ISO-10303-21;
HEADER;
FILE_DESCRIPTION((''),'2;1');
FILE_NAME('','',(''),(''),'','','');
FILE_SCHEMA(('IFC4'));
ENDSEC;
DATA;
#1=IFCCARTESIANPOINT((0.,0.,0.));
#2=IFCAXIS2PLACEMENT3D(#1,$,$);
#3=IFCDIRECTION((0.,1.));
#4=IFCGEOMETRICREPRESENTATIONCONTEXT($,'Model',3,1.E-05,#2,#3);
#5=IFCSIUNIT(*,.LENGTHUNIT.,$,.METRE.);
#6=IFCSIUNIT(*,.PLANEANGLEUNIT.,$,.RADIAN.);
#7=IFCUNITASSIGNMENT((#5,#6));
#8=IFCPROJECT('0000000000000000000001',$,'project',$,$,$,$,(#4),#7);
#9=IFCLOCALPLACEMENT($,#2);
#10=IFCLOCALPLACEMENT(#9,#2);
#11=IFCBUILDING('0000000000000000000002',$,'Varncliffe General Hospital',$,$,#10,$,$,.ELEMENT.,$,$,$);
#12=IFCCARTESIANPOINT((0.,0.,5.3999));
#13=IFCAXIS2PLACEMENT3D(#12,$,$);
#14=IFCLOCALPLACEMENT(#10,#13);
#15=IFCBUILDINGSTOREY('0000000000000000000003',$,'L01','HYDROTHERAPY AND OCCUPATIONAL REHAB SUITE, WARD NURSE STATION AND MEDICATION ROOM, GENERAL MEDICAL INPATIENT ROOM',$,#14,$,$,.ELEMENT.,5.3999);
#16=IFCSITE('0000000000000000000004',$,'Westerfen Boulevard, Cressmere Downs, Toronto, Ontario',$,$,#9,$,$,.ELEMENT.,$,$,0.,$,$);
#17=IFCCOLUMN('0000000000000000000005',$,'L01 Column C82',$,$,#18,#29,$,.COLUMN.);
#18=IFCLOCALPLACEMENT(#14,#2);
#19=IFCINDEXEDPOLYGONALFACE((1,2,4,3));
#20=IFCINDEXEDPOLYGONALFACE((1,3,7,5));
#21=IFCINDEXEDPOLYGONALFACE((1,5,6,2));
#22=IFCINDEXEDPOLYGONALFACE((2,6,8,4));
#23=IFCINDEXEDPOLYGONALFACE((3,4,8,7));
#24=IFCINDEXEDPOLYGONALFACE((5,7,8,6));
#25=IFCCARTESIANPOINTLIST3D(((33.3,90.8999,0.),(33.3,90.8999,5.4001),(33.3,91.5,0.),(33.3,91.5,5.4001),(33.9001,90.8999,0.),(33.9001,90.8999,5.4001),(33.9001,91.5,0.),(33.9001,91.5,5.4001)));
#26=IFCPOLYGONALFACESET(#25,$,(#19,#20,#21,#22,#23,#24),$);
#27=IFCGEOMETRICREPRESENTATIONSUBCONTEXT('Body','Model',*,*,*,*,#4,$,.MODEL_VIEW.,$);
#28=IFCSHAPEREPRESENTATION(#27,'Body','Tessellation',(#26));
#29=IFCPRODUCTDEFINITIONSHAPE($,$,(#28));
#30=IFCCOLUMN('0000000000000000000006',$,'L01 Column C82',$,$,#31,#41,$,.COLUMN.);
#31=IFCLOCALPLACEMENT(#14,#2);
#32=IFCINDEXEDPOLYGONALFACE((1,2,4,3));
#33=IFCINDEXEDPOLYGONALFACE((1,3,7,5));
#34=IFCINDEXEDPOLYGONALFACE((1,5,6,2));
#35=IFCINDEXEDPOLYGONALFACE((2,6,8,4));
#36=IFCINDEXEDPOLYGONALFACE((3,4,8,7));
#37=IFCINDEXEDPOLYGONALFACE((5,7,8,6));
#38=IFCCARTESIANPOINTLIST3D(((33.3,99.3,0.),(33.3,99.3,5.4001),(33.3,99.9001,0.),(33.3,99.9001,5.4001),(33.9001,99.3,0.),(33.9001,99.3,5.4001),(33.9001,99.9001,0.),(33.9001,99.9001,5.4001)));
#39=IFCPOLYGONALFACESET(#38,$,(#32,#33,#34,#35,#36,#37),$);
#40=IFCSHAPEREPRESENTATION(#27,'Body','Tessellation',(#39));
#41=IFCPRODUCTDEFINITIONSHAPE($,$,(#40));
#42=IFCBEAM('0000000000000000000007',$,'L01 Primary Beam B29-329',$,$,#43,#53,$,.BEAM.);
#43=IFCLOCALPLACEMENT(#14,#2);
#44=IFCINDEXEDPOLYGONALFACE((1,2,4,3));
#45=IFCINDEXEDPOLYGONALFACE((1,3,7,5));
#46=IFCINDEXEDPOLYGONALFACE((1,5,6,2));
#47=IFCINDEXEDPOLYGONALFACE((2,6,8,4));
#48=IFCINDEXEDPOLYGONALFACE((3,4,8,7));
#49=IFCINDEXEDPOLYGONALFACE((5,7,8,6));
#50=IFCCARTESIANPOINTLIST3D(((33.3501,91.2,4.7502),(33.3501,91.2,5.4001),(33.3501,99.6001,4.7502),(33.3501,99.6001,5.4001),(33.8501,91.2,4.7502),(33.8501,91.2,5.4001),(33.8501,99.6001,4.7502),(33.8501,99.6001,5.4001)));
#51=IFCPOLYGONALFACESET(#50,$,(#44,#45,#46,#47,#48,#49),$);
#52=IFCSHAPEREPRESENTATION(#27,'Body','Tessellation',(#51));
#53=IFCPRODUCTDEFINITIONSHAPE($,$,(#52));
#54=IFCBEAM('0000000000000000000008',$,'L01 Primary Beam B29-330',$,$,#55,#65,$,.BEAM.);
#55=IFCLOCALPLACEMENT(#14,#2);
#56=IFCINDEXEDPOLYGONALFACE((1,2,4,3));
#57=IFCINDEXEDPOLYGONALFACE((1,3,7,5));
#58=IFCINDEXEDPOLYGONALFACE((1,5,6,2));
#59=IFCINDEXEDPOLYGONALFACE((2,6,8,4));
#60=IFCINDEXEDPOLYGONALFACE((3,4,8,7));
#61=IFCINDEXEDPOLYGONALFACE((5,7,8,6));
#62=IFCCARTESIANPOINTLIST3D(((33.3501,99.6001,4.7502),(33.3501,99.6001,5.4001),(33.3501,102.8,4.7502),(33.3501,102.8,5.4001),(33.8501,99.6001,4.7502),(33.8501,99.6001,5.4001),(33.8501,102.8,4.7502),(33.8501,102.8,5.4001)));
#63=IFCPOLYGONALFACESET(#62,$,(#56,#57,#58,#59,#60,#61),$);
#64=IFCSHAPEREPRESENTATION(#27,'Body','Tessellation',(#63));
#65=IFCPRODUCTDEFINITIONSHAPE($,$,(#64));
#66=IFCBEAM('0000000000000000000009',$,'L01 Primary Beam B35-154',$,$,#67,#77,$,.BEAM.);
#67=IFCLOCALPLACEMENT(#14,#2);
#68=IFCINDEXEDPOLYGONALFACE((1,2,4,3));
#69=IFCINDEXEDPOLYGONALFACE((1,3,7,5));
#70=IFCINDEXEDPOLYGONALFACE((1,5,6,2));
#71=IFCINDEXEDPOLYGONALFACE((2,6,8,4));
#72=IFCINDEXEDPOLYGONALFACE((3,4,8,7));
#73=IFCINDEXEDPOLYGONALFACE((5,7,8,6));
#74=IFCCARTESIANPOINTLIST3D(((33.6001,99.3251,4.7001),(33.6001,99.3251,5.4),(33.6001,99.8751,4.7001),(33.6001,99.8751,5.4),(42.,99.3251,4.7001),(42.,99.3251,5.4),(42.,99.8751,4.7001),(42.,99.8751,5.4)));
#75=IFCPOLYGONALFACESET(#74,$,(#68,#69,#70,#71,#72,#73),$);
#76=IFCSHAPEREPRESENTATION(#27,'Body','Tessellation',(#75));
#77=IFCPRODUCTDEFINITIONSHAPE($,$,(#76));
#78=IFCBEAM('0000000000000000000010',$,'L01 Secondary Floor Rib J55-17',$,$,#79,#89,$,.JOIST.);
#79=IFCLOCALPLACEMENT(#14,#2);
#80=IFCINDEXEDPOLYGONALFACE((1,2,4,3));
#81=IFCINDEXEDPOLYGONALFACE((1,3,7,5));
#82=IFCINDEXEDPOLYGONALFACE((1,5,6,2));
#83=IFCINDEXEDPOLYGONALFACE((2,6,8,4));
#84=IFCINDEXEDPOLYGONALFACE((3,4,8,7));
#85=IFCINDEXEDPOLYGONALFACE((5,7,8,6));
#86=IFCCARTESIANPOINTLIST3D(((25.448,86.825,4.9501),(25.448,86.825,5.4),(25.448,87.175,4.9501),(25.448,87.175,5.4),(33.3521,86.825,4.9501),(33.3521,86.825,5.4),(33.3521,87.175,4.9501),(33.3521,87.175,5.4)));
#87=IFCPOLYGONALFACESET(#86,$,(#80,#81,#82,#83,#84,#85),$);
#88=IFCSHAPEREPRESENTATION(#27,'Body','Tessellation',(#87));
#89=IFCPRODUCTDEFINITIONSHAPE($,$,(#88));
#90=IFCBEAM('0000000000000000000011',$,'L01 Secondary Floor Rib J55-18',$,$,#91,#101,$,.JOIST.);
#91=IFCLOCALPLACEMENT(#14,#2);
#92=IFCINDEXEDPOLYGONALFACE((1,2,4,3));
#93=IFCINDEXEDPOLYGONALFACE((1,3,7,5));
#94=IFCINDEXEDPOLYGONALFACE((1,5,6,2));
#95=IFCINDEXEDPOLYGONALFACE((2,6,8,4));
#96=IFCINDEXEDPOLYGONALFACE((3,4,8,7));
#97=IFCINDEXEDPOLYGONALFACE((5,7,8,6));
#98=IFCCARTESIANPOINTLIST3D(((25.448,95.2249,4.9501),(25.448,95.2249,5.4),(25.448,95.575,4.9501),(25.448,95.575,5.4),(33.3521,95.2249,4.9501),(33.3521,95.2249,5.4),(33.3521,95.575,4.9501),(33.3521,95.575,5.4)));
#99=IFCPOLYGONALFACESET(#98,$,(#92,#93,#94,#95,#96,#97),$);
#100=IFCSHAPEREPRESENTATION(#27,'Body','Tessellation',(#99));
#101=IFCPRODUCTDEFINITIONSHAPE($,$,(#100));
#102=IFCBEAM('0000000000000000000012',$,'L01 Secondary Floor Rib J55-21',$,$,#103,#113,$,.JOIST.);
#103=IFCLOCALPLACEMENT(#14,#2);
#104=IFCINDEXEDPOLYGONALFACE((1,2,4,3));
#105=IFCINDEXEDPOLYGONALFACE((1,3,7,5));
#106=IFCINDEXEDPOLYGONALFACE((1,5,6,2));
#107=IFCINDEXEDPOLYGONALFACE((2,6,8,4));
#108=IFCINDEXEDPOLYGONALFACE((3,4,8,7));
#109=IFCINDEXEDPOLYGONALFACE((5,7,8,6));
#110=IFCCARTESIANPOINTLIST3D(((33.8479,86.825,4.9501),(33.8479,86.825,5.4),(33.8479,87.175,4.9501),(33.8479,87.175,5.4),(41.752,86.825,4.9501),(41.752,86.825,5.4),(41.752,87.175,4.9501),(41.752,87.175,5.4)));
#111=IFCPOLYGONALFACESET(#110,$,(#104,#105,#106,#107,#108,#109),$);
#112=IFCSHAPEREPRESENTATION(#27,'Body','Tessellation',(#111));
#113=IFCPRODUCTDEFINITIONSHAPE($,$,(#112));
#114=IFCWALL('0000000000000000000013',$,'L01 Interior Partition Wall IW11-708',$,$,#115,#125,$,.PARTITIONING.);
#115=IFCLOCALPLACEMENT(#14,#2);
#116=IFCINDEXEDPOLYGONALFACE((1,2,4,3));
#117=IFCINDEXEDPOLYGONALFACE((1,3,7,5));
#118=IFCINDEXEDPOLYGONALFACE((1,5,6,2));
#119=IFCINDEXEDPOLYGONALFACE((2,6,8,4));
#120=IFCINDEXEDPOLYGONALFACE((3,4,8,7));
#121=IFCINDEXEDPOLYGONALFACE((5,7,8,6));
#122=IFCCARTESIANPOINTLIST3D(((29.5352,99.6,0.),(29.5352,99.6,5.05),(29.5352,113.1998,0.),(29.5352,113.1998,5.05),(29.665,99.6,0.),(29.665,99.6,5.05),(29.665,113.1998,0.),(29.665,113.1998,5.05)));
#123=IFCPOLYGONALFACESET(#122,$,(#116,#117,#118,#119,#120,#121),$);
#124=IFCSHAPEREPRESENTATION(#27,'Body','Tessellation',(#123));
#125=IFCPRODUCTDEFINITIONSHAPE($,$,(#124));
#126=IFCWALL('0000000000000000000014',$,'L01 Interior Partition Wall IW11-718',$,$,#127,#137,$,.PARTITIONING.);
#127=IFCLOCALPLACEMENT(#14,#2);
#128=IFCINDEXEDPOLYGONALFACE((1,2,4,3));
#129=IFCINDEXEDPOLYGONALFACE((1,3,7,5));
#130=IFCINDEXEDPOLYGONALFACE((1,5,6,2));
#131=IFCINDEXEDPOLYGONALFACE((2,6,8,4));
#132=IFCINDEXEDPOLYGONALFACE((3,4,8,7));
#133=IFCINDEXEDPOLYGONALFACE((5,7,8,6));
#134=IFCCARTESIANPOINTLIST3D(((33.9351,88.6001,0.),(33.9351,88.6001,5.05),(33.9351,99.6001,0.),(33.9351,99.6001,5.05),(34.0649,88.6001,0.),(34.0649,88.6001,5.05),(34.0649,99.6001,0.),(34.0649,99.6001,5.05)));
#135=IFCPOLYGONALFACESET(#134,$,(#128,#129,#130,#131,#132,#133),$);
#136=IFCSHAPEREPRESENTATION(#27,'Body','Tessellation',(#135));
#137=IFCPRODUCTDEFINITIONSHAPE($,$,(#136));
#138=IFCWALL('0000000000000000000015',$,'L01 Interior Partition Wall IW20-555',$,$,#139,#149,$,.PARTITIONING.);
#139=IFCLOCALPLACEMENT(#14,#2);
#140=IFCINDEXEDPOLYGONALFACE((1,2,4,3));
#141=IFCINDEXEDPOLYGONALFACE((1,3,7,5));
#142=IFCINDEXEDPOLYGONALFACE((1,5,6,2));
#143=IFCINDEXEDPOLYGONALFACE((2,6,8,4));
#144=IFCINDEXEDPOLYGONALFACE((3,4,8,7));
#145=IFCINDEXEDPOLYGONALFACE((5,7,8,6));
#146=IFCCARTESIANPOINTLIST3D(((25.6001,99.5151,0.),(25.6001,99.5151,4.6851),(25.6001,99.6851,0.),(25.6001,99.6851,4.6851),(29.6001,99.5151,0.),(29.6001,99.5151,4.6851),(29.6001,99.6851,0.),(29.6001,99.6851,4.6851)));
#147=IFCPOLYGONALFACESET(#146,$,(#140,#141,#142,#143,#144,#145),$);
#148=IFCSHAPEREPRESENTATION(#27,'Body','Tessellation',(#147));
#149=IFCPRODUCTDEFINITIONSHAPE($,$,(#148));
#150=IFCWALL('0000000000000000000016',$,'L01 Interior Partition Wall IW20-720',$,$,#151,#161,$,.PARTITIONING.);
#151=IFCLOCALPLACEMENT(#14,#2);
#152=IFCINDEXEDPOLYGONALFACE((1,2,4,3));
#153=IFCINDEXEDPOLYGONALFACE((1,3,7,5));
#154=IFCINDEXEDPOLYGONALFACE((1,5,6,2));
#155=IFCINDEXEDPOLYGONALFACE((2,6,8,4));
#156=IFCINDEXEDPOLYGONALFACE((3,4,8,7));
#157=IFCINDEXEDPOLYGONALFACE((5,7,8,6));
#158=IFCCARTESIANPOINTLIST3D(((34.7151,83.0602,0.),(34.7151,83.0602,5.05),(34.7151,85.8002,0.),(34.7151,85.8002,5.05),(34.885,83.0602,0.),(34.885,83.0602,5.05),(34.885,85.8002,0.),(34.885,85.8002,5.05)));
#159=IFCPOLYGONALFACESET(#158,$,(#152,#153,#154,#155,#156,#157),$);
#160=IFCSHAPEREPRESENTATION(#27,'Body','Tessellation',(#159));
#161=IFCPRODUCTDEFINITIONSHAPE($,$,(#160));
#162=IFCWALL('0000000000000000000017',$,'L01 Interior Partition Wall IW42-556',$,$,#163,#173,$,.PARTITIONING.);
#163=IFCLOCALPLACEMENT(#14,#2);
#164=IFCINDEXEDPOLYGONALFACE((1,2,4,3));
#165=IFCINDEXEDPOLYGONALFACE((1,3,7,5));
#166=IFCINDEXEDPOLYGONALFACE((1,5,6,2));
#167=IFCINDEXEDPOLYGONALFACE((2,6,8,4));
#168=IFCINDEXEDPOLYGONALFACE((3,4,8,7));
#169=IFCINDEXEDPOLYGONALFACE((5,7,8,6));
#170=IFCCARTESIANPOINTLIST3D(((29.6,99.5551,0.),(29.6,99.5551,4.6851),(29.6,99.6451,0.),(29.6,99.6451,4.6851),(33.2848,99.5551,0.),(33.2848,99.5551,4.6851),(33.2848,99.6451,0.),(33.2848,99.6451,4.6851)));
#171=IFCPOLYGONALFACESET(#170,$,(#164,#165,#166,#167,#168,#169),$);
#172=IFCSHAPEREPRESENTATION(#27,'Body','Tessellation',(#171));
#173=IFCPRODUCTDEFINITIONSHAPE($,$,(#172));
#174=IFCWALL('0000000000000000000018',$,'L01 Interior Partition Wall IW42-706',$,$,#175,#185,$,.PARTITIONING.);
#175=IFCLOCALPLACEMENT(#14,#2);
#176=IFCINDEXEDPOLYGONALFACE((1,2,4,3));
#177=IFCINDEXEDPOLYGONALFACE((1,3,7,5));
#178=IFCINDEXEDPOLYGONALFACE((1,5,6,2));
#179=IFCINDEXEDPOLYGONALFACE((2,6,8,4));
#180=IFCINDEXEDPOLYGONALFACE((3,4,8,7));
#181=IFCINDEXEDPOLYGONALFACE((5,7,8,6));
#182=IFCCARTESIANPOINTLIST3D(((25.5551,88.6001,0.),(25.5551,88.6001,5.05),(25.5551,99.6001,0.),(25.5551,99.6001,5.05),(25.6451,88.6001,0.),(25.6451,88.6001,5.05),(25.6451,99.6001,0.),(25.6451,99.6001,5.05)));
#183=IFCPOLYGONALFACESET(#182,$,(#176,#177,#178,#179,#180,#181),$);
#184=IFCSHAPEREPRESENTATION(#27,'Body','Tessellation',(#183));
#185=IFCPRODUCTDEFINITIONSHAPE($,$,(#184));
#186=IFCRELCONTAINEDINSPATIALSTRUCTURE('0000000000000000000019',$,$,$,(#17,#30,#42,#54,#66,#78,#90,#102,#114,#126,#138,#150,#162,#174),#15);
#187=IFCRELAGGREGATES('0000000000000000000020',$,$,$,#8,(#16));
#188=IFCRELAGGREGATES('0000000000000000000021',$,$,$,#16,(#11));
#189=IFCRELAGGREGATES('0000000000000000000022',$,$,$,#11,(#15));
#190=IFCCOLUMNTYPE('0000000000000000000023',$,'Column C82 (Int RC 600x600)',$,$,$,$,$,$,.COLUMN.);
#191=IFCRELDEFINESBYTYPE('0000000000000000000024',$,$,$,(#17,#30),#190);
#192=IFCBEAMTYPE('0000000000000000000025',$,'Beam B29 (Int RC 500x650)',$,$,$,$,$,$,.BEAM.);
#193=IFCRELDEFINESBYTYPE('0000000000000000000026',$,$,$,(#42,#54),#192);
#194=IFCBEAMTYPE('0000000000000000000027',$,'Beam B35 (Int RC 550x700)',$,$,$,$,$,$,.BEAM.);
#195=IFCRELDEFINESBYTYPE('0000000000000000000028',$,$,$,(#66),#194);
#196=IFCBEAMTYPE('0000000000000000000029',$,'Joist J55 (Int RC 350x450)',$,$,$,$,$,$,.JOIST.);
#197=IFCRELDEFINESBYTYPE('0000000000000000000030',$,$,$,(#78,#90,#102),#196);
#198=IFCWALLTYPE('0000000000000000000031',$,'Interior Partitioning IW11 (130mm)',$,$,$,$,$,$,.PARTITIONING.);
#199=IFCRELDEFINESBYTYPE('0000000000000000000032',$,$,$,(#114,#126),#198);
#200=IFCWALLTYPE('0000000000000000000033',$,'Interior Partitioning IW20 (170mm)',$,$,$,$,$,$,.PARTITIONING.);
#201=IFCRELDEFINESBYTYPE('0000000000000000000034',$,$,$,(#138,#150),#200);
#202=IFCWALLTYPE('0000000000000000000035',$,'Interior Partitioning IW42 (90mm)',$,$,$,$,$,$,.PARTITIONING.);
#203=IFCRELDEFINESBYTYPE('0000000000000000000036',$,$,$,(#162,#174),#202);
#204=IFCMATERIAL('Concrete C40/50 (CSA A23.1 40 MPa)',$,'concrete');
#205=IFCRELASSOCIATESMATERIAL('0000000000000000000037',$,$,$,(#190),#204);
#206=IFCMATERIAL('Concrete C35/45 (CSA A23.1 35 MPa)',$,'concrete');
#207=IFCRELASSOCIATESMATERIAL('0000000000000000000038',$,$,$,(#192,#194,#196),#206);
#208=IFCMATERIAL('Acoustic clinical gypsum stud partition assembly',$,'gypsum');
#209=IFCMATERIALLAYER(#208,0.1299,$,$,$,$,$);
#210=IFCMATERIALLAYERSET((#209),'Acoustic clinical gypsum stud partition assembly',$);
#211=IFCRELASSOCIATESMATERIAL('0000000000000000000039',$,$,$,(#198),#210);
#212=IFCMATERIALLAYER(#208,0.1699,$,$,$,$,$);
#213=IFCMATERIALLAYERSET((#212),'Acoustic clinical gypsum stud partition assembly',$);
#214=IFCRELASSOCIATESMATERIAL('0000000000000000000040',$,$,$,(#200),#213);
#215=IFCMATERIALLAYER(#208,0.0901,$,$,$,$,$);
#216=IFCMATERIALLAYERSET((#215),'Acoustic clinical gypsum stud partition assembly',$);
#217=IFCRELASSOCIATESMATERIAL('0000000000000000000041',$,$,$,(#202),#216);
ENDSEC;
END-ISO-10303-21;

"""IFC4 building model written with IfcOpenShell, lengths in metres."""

from ifc_helpers import new_model, si_unit, direction, frame, frame_2d, origin, origin_2d, place, context, subcontext, project, spatial, rectangle, extrude, material, layer, layer_set, material_profile, profile_set, type_object, element, save


model = new_model("IFC4")

# Units and contexts
model_context = context("Model", 3, precision=1e-05, world=origin(), true_north=direction((0.0, 1.0)))
body_context = subcontext(model_context, "Body", "Model", "MODEL_VIEW")
ifc_project = project(units=[si_unit("LENGTHUNIT", "METRE"), si_unit("PLANEANGLEUNIT", "RADIAN")], contexts=[model_context])

# Site, building, storey
site_placement = place(None, origin())
site = spatial("IfcSite", under=ifc_project, at=site_placement, Name="Westerfen Boulevard, Cressmere Downs, Toronto, Ontario", CompositionType="ELEMENT", RefElevation=0.0)
building_placement = place(site_placement, origin())
building = spatial("IfcBuilding", under=site, at=building_placement, Name="Varncliffe General Hospital", CompositionType="ELEMENT")
storey_placement = place(building_placement, frame((0.0, 0.0, 5.3999)))
storey = spatial("IfcBuildingStorey", under=building, at=storey_placement, Name="L01", Description="HYDROTHERAPY AND OCCUPATIONAL REHAB SUITE, WARD NURSE STATION AND MEDICATION ROOM, GENERAL MEDICAL INPATIENT ROOM", CompositionType="ELEMENT", Elevation=5.3999)

# Columns
ifc_material_1 = material(Name="Concrete C40/50 (CSA A23.1 40 MPa)", Category="concrete")
ifc_material_profile_1 = material_profile(ifc_material_1, rectangle(XDim=0.6001, YDim=0.6001, at=origin_2d()), Name="RC 600x600")
ifc_profile_set_1 = profile_set([ifc_material_profile_1], Name="Concrete C40/50 (CSA A23.1 40 MPa)")
column_type = type_object("IfcColumnType", Name="Column C82 (Int RC 600x600)", PredefinedType="COLUMN", material=ifc_profile_set_1)
for number, where, z_axis, x_axis, name in (
    (1, (33.6001, 91.2, 0.0), (0.0, 0.0, 1.0), (1.0, 0.0, 0.0), "L01 Column C82"),
    (2, (33.6001, 99.6001, 0.0), (0.0, 0.0, 1.0), (1.0, 0.0, 0.0), "L01 Column C82"),
):
    element("IfcColumn", number, at=place(storey_placement, frame(where, z_axis=z_axis, x_axis=x_axis)), inside=storey, type_object=column_type, Name=name, PredefinedType="COLUMN", context=body_context, shape_type="SweptSolid", body=[
        extrude(rectangle(XDim=0.6001, YDim=0.6001, at=origin_2d()), origin(), (0.0, 0.0, 1.0), 5.4001),
    ])

# Beams
ifc_material_2 = material(Name="Concrete C35/45 (CSA A23.1 35 MPa)", Category="concrete")
ifc_material_profile_2 = material_profile(ifc_material_2, rectangle(XDim=0.5, YDim=0.6499, at=origin_2d()), Name="RC 500x650")
ifc_profile_set_2 = profile_set([ifc_material_profile_2], Name="Concrete C35/45 (CSA A23.1 35 MPa)")
beam_type_1 = type_object("IfcBeamType", Name="Beam B29 (Int RC 500x650)", PredefinedType="BEAM", material=ifc_profile_set_2)
beam_1_placement = place(storey_placement, frame((33.6001, 91.2, 5.0752), z_axis=(0.0, 1.0, 0.0), x_axis=(-1.0, 0.0, 0.0)))
element("IfcBeam", 3, at=beam_1_placement, inside=storey, type_object=beam_type_1, Name="L01 Primary Beam B29-329", PredefinedType="BEAM", context=body_context, shape_type="SweptSolid", body=[
    extrude(rectangle(XDim=0.5, YDim=0.6499, at=origin_2d()), origin(), (0.0, 0.0, 1.0), 8.4001),
])
beam_2_placement = place(storey_placement, frame((33.6001, 99.6001, 5.0752), z_axis=(0.0, 1.0, 0.0), x_axis=(-1.0, 0.0, 0.0)))
element("IfcBeam", 4, at=beam_2_placement, inside=storey, type_object=beam_type_1, Name="L01 Primary Beam B29-330", PredefinedType="BEAM", context=body_context, shape_type="SweptSolid", body=[
    extrude(rectangle(XDim=0.5, YDim=0.6499, at=origin_2d()), origin(), (0.0, 0.0, 1.0), 3.2),
])
ifc_material_profile_3 = material_profile(ifc_material_2, rectangle(XDim=0.55, YDim=0.7, at=origin_2d()), Name="RC 550x700")
ifc_profile_set_3 = profile_set([ifc_material_profile_3], Name="Concrete C35/45 (CSA A23.1 35 MPa)")
beam_type_2 = type_object("IfcBeamType", Name="Beam B35 (Int RC 550x700)", PredefinedType="BEAM", material=ifc_profile_set_3)
beam_3_placement = place(storey_placement, frame((33.6001, 99.6001, 5.05), z_axis=(1.0, 0.0, 0.0), x_axis=(0.0, 1.0, 0.0)))
element("IfcBeam", 5, at=beam_3_placement, inside=storey, type_object=beam_type_2, Name="L01 Primary Beam B35-154", PredefinedType="BEAM", context=body_context, shape_type="SweptSolid", body=[
    extrude(rectangle(XDim=0.55, YDim=0.7, at=origin_2d()), origin(), (0.0, 0.0, 1.0), 8.3999),
])
ifc_material_profile_4 = material_profile(ifc_material_2, rectangle(XDim=0.3501, YDim=0.45, at=origin_2d()), Name="RC 350x450")
ifc_profile_set_4 = profile_set([ifc_material_profile_4], Name="Concrete C35/45 (CSA A23.1 35 MPa)")
beam_type_3 = type_object("IfcBeamType", Name="Joist J55 (Int RC 350x450)", PredefinedType="JOIST", material=ifc_profile_set_4)
for number, where, z_axis, x_axis, name in (
    (6, (25.448, 87.0, 5.175), (1.0, 0.0, 0.0), (0.0, 1.0, 0.0), "L01 Secondary Floor Rib J55-17"),
    (7, (25.448, 95.3999, 5.175), (1.0, 0.0, 0.0), (0.0, 1.0, 0.0), "L01 Secondary Floor Rib J55-18"),
    (8, (33.8479, 87.0, 5.175), (1.0, 0.0, 0.0), (0.0, 1.0, 0.0), "L01 Secondary Floor Rib J55-21"),
):
    element("IfcBeam", number, at=place(storey_placement, frame(where, z_axis=z_axis, x_axis=x_axis)), inside=storey, type_object=beam_type_3, Name=name, PredefinedType="JOIST", context=body_context, shape_type="SweptSolid", body=[
        extrude(rectangle(XDim=0.3501, YDim=0.45, at=origin_2d()), origin(), (0.0, 0.0, 1.0), 7.9041),
    ])

# Walls
ifc_material_3 = material(Name="Acoustic clinical gypsum stud partition assembly", Category="gypsum")
ifc_layer_1 = layer(ifc_material_3, 0.1299)
ifc_layer_set_1 = layer_set([ifc_layer_1], Name="Acoustic clinical gypsum stud partition assembly")
wall_type_1 = type_object("IfcWallType", Name="Interior Partitioning IW11 (130mm)", PredefinedType="PARTITIONING", material=ifc_layer_set_1)
wall_1_placement = place(storey_placement, frame((29.6001, 99.6001, 0.0), z_axis=(0.0, 0.0, 1.0), x_axis=(0.0, 1.0, 0.0)))
element("IfcWall", 9, at=wall_1_placement, inside=storey, type_object=wall_type_1, Name="L01 Interior Partition Wall IW11-708", PredefinedType="PARTITIONING", context=body_context, shape_type="SweptSolid", body=[
    extrude(rectangle(XDim=13.5999, YDim=0.1299, at=frame_2d((6.7998, 0.0))), origin(), (0.0, 0.0, 1.0), 5.05),
])
wall_2_placement = place(storey_placement, frame((34.0, 88.6001, 0.0), z_axis=(0.0, 0.0, 1.0), x_axis=(0.0, 1.0, 0.0)))
element("IfcWall", 10, at=wall_2_placement, inside=storey, type_object=wall_type_1, Name="L01 Interior Partition Wall IW11-718", PredefinedType="PARTITIONING", context=body_context, shape_type="SweptSolid", body=[
    extrude(rectangle(XDim=11.0, YDim=0.1299, at=frame_2d((5.5, 0.0))), origin(), (0.0, 0.0, 1.0), 5.05),
])
ifc_layer_2 = layer(ifc_material_3, 0.1699)
ifc_layer_set_2 = layer_set([ifc_layer_2], Name="Acoustic clinical gypsum stud partition assembly")
wall_type_2 = type_object("IfcWallType", Name="Interior Partitioning IW20 (170mm)", PredefinedType="PARTITIONING", material=ifc_layer_set_2)
wall_3_placement = place(storey_placement, frame((25.6001, 99.6001, 0.0), z_axis=(0.0, 0.0, 1.0), x_axis=(1.0, 0.0, 0.0)))
element("IfcWall", 11, at=wall_3_placement, inside=storey, type_object=wall_type_2, Name="L01 Interior Partition Wall IW20-555", PredefinedType="PARTITIONING", context=body_context, shape_type="SweptSolid", body=[
    extrude(rectangle(XDim=4.0, YDim=0.1699, at=frame_2d((2.0, 0.0))), origin(), (0.0, 0.0, 1.0), 4.6851),
])
wall_4_placement = place(storey_placement, frame((34.8, 83.0601, 0.0), z_axis=(0.0, 0.0, 1.0), x_axis=(0.0, 1.0, 0.0)))
element("IfcWall", 12, at=wall_4_placement, inside=storey, type_object=wall_type_2, Name="L01 Interior Partition Wall IW20-720", PredefinedType="PARTITIONING", context=body_context, shape_type="SweptSolid", body=[
    extrude(rectangle(XDim=2.74, YDim=0.1699, at=frame_2d((1.3701, 0.0))), origin(), (0.0, 0.0, 1.0), 5.05),
])
ifc_layer_3 = layer(ifc_material_3, 0.0901)
ifc_layer_set_3 = layer_set([ifc_layer_3], Name="Acoustic clinical gypsum stud partition assembly")
wall_type_3 = type_object("IfcWallType", Name="Interior Partitioning IW42 (90mm)", PredefinedType="PARTITIONING", material=ifc_layer_set_3)
wall_5_placement = place(storey_placement, frame((29.6001, 99.6001, 0.0), z_axis=(0.0, 0.0, 1.0), x_axis=(1.0, 0.0, 0.0)))
element("IfcWall", 13, at=wall_5_placement, inside=storey, type_object=wall_type_3, Name="L01 Interior Partition Wall IW42-556", PredefinedType="PARTITIONING", context=body_context, shape_type="SweptSolid", body=[
    extrude(rectangle(XDim=3.6848, YDim=0.0901, at=frame_2d((1.8423, 0.0))), origin(), (0.0, 0.0, 1.0), 4.6851),
])
wall_6_placement = place(storey_placement, frame((25.6001, 88.6001, 0.0), z_axis=(0.0, 0.0, 1.0), x_axis=(0.0, 1.0, 0.0)))
element("IfcWall", 14, at=wall_6_placement, inside=storey, type_object=wall_type_3, Name="L01 Interior Partition Wall IW42-706", PredefinedType="PARTITIONING", context=body_context, shape_type="SweptSolid", body=[
    extrude(rectangle(XDim=11.0, YDim=0.0901, at=frame_2d((5.5, 0.0))), origin(), (0.0, 0.0, 1.0), 5.05),
])

save(model, "model.ifc")
